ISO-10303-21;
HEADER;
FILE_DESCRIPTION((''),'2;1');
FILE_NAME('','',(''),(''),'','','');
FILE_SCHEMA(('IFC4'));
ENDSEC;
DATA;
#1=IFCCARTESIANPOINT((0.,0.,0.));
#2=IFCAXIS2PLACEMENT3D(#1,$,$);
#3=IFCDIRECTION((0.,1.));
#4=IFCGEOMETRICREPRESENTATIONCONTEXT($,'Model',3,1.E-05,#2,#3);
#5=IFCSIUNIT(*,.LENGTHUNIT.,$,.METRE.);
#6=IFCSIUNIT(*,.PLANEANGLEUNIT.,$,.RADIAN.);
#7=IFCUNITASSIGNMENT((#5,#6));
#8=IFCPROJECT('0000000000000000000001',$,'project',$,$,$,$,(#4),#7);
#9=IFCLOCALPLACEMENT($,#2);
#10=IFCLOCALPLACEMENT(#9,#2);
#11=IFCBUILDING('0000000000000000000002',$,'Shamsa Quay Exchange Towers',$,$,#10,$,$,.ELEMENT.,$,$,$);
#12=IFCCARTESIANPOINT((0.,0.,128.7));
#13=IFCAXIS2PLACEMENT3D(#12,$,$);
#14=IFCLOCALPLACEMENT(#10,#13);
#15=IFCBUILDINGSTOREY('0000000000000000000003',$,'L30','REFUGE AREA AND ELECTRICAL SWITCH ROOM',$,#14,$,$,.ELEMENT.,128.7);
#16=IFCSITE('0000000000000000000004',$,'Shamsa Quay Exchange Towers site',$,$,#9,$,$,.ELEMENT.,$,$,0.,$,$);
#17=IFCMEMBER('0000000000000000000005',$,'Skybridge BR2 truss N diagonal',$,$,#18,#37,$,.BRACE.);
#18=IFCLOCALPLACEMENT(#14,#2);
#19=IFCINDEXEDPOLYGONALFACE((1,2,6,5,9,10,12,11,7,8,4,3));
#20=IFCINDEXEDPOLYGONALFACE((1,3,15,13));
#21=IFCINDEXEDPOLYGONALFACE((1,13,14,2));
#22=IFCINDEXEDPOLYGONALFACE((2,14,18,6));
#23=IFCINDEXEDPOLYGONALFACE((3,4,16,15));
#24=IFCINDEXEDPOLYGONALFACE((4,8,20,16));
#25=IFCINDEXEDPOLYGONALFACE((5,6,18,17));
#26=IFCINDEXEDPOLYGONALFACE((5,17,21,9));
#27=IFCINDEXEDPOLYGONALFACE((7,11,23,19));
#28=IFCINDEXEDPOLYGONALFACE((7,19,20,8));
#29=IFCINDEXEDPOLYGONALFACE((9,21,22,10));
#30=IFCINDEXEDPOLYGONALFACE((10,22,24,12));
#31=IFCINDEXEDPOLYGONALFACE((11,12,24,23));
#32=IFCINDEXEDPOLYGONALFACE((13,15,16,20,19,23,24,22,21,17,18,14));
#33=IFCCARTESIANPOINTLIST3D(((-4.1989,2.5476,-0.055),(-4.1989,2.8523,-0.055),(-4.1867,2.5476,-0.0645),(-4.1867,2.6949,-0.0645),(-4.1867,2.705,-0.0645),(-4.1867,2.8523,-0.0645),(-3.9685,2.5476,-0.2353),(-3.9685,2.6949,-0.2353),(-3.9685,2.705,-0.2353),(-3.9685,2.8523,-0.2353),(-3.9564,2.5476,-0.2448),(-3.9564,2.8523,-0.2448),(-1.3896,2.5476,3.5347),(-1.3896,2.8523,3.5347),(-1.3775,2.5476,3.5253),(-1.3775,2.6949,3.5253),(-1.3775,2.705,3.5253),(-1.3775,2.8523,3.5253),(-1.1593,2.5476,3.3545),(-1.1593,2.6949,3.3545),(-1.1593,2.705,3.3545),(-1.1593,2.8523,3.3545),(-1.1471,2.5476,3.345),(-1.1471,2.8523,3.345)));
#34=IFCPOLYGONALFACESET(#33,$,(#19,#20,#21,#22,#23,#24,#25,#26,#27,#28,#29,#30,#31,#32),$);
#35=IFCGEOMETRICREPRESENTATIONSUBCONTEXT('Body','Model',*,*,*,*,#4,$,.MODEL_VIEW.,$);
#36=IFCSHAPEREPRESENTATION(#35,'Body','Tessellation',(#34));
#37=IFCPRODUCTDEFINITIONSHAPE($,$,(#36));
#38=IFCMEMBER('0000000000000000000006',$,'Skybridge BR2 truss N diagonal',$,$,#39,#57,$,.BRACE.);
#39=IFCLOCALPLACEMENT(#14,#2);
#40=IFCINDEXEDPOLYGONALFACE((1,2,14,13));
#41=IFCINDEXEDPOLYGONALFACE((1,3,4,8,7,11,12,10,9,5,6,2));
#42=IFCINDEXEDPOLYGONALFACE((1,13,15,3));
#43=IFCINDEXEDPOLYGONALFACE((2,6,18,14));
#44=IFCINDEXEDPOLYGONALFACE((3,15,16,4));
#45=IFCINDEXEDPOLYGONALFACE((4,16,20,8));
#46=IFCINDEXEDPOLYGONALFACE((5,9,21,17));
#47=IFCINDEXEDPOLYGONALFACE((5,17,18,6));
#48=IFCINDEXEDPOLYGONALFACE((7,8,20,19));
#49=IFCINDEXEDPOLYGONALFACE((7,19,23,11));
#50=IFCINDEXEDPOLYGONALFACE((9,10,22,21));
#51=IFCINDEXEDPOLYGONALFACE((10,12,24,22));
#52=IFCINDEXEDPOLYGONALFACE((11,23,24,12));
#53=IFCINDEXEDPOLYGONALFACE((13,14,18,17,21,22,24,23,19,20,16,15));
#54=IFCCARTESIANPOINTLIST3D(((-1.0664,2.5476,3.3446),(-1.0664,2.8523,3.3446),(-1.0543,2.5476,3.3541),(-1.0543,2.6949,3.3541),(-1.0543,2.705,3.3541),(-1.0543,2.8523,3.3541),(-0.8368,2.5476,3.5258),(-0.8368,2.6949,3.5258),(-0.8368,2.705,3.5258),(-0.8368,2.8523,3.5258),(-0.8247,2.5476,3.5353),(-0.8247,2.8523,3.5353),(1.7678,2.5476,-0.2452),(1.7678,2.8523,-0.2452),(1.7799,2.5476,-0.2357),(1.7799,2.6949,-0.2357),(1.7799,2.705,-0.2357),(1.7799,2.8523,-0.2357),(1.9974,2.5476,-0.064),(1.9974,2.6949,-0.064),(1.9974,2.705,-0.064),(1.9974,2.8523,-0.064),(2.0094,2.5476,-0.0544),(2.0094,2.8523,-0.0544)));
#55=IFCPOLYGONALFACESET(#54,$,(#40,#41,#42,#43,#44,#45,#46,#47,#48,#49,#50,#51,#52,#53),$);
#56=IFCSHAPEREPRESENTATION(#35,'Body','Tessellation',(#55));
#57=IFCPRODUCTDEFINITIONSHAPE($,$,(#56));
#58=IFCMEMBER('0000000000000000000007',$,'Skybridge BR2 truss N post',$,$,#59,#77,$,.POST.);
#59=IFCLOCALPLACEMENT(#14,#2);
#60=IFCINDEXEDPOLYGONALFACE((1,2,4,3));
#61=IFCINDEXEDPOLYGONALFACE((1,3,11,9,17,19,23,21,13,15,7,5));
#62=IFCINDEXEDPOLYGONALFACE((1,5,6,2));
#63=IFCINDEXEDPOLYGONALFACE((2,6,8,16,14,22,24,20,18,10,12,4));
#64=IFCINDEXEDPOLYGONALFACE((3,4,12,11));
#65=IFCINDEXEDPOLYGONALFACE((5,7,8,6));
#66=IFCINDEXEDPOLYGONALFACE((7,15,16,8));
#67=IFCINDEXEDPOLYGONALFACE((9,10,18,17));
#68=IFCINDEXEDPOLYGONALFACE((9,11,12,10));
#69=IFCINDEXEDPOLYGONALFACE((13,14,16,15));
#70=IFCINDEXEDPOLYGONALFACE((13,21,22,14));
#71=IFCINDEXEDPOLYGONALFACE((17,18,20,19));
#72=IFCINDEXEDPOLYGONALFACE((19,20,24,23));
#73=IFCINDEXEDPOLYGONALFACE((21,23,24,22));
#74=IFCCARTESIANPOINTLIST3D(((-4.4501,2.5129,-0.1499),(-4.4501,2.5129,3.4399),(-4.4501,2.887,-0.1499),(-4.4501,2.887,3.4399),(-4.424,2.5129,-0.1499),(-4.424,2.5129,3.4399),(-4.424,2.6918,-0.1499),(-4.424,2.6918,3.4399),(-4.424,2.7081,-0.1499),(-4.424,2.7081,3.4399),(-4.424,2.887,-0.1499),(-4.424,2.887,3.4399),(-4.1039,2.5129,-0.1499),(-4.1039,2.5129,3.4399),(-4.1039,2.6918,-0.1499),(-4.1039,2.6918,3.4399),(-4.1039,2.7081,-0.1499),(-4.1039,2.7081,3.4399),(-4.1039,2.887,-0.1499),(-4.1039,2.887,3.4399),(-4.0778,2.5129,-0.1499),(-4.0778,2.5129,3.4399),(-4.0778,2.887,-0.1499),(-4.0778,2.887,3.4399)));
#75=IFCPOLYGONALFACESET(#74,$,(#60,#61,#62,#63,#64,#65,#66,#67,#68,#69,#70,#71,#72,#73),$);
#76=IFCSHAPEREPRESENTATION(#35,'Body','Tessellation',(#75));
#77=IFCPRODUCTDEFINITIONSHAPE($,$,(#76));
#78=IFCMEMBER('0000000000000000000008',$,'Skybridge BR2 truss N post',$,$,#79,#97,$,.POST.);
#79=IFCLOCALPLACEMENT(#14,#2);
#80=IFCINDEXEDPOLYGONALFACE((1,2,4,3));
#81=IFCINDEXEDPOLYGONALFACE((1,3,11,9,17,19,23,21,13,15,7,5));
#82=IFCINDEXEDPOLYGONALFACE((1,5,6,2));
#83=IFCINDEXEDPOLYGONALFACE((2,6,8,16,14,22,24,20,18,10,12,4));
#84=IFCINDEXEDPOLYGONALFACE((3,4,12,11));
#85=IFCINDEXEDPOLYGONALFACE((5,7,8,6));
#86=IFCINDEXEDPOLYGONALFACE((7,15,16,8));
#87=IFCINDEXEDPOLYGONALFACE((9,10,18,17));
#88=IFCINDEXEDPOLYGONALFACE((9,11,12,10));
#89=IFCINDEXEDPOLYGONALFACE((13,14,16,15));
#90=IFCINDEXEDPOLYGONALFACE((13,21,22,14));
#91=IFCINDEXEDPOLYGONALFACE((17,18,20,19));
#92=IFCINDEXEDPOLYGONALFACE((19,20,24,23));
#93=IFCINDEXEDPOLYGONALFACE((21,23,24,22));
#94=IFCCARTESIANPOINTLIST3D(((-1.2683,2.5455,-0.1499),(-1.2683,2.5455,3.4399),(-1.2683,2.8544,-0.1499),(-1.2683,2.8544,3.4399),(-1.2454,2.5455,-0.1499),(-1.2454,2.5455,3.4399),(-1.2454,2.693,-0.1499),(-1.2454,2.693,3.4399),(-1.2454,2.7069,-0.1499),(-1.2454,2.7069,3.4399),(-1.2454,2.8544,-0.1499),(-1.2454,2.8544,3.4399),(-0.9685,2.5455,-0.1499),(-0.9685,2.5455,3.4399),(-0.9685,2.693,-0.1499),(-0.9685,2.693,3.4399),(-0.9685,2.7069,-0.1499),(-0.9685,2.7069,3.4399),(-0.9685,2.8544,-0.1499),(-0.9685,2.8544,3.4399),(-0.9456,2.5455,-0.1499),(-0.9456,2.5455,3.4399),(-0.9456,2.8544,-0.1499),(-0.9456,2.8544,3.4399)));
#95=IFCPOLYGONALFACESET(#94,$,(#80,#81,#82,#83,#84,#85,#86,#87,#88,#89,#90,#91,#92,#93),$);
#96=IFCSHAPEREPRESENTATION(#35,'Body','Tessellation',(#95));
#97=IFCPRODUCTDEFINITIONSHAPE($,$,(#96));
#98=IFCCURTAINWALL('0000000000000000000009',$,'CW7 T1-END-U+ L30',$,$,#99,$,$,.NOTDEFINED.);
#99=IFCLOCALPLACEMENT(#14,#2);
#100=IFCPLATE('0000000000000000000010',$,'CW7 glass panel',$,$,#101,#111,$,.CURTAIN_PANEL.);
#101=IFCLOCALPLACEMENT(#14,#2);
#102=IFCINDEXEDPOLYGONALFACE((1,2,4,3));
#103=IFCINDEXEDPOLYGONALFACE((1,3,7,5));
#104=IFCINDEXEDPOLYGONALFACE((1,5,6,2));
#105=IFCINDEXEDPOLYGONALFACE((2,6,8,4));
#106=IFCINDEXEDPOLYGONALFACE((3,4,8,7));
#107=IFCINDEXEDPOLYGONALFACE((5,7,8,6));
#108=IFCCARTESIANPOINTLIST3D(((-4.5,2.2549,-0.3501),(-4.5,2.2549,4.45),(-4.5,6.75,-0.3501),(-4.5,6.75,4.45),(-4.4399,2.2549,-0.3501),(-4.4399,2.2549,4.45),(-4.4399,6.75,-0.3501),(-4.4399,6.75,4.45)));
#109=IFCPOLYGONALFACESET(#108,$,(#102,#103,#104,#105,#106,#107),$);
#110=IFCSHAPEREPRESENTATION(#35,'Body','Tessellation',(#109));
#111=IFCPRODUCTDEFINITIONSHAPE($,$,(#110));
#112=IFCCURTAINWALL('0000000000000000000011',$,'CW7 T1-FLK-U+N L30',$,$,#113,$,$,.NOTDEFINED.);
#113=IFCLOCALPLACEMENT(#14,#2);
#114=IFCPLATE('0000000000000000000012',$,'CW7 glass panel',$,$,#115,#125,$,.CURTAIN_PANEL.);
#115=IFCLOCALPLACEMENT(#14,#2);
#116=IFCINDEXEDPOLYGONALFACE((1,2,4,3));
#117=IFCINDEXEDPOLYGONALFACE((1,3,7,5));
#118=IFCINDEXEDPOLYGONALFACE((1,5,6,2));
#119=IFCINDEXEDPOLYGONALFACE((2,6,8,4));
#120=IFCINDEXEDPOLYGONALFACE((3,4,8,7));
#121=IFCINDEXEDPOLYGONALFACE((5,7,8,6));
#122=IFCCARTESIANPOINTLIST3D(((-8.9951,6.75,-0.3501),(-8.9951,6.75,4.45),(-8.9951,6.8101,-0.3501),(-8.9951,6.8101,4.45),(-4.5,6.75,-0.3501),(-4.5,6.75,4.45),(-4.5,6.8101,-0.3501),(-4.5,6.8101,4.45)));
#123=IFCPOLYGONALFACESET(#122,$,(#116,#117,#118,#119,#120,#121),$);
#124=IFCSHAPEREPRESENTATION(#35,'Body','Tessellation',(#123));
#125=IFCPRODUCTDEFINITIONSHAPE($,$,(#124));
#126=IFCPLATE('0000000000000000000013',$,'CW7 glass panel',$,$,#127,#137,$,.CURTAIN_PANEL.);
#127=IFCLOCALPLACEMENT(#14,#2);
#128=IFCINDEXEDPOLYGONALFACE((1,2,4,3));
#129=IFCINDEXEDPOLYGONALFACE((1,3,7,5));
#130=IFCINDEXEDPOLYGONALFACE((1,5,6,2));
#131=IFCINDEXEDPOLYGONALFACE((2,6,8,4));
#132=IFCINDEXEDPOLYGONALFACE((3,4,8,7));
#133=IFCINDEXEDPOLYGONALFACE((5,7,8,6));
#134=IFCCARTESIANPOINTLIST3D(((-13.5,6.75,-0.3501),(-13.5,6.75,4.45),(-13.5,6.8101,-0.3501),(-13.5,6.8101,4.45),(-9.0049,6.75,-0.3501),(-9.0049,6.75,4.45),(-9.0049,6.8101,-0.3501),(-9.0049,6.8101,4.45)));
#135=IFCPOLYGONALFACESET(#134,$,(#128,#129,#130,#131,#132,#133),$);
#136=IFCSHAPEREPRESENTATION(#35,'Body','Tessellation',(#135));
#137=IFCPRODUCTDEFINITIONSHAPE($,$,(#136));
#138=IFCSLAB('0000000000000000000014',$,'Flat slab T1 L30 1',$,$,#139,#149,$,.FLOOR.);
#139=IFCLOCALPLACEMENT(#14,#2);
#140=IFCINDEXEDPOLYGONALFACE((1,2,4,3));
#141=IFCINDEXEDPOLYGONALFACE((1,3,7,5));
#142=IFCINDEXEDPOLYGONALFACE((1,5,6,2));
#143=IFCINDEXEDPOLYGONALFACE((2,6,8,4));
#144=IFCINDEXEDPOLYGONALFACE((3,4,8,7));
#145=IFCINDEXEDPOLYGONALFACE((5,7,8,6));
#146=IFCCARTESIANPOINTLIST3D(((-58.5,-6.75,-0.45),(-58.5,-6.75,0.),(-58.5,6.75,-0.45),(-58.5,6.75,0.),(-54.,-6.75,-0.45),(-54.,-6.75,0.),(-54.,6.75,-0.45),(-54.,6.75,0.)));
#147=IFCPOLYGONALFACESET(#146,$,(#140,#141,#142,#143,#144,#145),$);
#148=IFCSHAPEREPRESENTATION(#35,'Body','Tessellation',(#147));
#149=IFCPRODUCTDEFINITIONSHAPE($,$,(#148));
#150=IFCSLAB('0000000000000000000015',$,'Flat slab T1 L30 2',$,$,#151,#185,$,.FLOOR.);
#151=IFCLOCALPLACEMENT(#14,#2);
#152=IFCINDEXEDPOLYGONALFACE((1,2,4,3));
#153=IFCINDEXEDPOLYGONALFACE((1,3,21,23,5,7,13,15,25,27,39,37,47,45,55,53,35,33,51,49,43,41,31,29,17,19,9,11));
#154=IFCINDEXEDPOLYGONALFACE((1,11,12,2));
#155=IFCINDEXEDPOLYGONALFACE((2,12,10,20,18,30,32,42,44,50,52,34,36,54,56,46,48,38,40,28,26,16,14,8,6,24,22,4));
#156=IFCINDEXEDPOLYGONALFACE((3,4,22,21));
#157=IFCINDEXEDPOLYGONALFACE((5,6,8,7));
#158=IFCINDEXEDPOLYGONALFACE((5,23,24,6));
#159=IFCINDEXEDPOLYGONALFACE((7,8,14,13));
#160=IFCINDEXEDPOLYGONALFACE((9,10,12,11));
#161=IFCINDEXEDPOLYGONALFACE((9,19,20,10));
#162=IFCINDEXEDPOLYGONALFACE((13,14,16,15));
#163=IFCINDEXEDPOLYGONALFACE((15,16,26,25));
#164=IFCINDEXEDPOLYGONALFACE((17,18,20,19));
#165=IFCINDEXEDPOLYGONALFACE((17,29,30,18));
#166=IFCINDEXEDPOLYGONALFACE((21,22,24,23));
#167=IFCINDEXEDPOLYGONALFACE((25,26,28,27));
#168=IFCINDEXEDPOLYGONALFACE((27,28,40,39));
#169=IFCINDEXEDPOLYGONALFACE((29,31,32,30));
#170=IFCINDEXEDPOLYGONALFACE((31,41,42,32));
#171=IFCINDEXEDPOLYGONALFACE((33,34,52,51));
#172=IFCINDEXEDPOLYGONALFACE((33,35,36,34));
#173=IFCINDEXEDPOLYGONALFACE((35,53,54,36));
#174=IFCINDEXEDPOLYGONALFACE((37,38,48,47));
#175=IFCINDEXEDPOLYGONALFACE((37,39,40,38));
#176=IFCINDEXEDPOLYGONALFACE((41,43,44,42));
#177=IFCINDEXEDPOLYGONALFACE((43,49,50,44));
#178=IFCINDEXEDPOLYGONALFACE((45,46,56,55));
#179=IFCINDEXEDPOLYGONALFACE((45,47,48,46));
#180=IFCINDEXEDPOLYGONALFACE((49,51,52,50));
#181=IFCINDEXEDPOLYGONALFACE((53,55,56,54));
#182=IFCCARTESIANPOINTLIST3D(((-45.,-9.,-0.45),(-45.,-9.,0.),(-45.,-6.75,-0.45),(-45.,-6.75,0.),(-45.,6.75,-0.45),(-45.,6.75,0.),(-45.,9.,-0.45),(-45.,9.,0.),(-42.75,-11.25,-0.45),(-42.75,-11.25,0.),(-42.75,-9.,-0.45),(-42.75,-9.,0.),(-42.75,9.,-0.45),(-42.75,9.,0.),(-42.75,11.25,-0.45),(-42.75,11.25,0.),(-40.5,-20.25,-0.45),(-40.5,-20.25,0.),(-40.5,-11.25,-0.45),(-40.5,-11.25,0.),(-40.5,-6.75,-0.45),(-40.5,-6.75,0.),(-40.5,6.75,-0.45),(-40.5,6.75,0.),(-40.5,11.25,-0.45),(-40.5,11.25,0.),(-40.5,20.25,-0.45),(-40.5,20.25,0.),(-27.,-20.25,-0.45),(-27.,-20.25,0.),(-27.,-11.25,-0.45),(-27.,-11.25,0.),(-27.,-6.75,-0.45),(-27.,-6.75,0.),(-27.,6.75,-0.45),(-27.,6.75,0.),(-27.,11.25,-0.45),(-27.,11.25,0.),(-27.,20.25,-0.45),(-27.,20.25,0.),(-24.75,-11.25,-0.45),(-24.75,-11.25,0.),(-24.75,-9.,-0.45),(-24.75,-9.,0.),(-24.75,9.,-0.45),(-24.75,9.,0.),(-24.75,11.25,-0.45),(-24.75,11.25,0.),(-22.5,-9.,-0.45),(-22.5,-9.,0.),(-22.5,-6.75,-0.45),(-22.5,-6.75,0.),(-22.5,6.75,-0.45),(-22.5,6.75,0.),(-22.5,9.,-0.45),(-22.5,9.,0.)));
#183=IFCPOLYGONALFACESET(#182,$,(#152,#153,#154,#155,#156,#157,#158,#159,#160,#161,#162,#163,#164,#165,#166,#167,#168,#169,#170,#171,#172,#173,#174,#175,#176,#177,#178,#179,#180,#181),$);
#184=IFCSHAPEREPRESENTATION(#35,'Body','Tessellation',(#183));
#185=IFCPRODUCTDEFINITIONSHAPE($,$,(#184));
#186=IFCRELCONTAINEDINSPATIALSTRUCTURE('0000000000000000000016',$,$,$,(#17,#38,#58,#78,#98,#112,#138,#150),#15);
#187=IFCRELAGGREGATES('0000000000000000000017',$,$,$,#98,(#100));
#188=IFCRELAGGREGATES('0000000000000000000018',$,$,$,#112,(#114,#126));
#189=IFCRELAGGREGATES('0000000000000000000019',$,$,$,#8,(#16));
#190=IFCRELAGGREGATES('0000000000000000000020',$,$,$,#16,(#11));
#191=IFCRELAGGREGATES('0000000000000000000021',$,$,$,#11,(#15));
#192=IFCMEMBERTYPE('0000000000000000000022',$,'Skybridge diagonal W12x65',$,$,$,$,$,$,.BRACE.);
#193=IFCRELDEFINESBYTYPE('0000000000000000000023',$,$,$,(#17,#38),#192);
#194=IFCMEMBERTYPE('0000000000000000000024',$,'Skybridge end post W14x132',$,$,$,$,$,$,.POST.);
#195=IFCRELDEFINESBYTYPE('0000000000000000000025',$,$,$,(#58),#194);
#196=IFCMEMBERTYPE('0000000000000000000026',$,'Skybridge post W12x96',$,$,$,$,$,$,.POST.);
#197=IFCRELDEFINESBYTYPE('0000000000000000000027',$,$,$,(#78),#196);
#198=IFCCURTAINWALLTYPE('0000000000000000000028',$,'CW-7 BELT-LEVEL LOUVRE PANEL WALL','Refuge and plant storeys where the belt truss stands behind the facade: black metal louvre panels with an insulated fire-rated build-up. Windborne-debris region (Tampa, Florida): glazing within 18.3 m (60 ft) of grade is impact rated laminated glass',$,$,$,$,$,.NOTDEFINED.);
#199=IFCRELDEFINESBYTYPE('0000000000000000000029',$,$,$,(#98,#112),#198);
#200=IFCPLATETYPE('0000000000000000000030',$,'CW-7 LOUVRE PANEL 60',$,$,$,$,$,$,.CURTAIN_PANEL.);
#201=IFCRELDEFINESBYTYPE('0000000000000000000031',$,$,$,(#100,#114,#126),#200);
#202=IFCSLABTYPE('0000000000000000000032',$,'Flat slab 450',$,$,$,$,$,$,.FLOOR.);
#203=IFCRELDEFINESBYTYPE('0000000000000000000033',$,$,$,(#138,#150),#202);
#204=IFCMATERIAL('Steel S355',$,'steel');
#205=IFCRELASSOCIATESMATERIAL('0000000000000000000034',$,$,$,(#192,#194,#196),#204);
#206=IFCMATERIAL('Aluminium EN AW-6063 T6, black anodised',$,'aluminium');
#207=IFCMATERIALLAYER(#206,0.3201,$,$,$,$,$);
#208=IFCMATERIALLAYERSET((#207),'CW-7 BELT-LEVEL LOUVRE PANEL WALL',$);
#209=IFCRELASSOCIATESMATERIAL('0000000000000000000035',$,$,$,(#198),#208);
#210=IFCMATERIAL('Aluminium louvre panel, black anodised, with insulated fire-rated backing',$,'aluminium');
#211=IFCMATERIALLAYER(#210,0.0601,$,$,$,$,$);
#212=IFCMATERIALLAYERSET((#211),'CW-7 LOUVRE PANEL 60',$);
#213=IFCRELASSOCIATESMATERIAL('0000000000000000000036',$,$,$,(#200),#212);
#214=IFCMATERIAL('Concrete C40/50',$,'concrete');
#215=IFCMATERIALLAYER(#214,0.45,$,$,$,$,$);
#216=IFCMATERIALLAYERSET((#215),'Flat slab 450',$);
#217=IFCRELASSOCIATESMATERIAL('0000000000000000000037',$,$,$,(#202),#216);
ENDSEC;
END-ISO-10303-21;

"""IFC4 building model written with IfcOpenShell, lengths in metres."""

from ifc_helpers import new_model, si_unit, direction, frame, origin, origin_2d, place, context, subcontext, project, spatial, polyline, rectangle, i_section, outline, extrude, material, layer, layer_set, material_profile, profile_set, type_object, element, aggregate, save


model = new_model("IFC4")

# Units and contexts
model_context = context("Model", 3, precision=1e-05, world=origin(), true_north=direction((0.0, 1.0)))
body_context = subcontext(model_context, "Body", "Model", "MODEL_VIEW")
ifc_project = project(units=[si_unit("LENGTHUNIT", "METRE"), si_unit("PLANEANGLEUNIT", "RADIAN")], contexts=[model_context])

# Site, building, storey
site_placement = place(None, origin())
site = spatial("IfcSite", under=ifc_project, at=site_placement, Name="Shamsa Quay Exchange Towers site", CompositionType="ELEMENT", RefElevation=0.0)
building_placement = place(site_placement, origin())
building = spatial("IfcBuilding", under=site, at=building_placement, Name="Shamsa Quay Exchange Towers", CompositionType="ELEMENT")
storey_placement = place(building_placement, frame((0.0, 0.0, 128.7)))
storey = spatial("IfcBuildingStorey", under=building, at=storey_placement, Name="L30", Description="REFUGE AREA AND ELECTRICAL SWITCH ROOM", CompositionType="ELEMENT", Elevation=128.7)

# Members
ifc_material_1 = material(Name="Steel S355", Category="steel")
ifc_material_profile_1 = material_profile(ifc_material_1, i_section(OverallWidth=0.3047, OverallDepth=0.3079, WebThickness=0.01, FlangeThickness=0.0154, at=origin_2d()), Name="W12x65")
ifc_profile_set_1 = profile_set([ifc_material_profile_1], Name="Steel S355")
member_type_1 = type_object("IfcMemberType", Name="Skybridge diagonal W12x65", PredefinedType="BRACE", material=ifc_profile_set_1)
member_1_placement = place(storey_placement, frame((-4.0776, 2.7, -0.1499), z_axis=(0.616292, 0.0, 0.787517), x_axis=(0.0, 1.0, 0.0)))
element("IfcMember", 1, at=member_1_placement, inside=storey, type_object=member_type_1, Name="Skybridge BR2 truss N diagonal", PredefinedType="BRACE", context=body_context, shape_type="SweptSolid", body=[
    extrude(i_section(OverallWidth=0.3047, OverallDepth=0.3079, WebThickness=0.01, FlangeThickness=0.0154, at=origin_2d()), origin(), (0.0, 0.0, 1.0), 4.5583),
])
member_2_placement = place(storey_placement, frame((-0.9456, 2.7, 3.4399), z_axis=(0.619663, 0.0, -0.784868), x_axis=(0.0, 1.0, 0.0)))
element("IfcMember", 2, at=member_2_placement, inside=storey, type_object=member_type_1, Name="Skybridge BR2 truss N diagonal", PredefinedType="BRACE", context=body_context, shape_type="SweptSolid", body=[
    extrude(i_section(OverallWidth=0.3047, OverallDepth=0.3079, WebThickness=0.01, FlangeThickness=0.0154, at=origin_2d()), origin(), (0.0, 0.0, 1.0), 4.5737),
])
ifc_material_profile_2 = material_profile(ifc_material_1, i_section(OverallWidth=0.374, OverallDepth=0.3723, WebThickness=0.0164, FlangeThickness=0.0261, at=origin_2d()), Name="W14x132")
ifc_profile_set_2 = profile_set([ifc_material_profile_2], Name="Steel S355")
member_type_2 = type_object("IfcMemberType", Name="Skybridge end post W14x132", PredefinedType="POST", material=ifc_profile_set_2)
member_3_placement = place(storey_placement, frame((-4.2639, 2.7, -0.1499), z_axis=(0.0, 0.0, 1.0), x_axis=(0.0, 1.0, 0.0)))
element("IfcMember", 3, at=member_3_placement, inside=storey, type_object=member_type_2, Name="Skybridge BR2 truss N post", PredefinedType="POST", context=body_context, shape_type="SweptSolid", body=[
    extrude(i_section(OverallWidth=0.374, OverallDepth=0.3723, WebThickness=0.0164, FlangeThickness=0.0261, at=origin_2d()), origin(), (0.0, 0.0, 1.0), 3.5898),
])
ifc_material_profile_3 = material_profile(ifc_material_1, i_section(OverallWidth=0.3088, OverallDepth=0.3228, WebThickness=0.0139, FlangeThickness=0.0229, at=origin_2d()), Name="W12x96")
ifc_profile_set_3 = profile_set([ifc_material_profile_3], Name="Steel S355")
member_type_3 = type_object("IfcMemberType", Name="Skybridge post W12x96", PredefinedType="POST", material=ifc_profile_set_3)
member_4_placement = place(storey_placement, frame((-1.1069, 2.7, -0.1499), z_axis=(0.0, 0.0, 1.0), x_axis=(0.0, 1.0, 0.0)))
element("IfcMember", 4, at=member_4_placement, inside=storey, type_object=member_type_3, Name="Skybridge BR2 truss N post", PredefinedType="POST", context=body_context, shape_type="SweptSolid", body=[
    extrude(i_section(OverallWidth=0.3088, OverallDepth=0.3228, WebThickness=0.0139, FlangeThickness=0.0229, at=origin_2d()), origin(), (0.0, 0.0, 1.0), 3.5898),
])

# Curtain wall, plate
ifc_material_2 = material(Name="Aluminium EN AW-6063 T6, black anodised", Category="aluminium")
ifc_layer_1 = layer(ifc_material_2, 0.3201)
ifc_layer_set_1 = layer_set([ifc_layer_1], Name="CW-7 BELT-LEVEL LOUVRE PANEL WALL")
curtain_wall_type = type_object("IfcCurtainWallType", Name="CW-7 BELT-LEVEL LOUVRE PANEL WALL", Description="Refuge and plant storeys where the belt truss stands behind the facade: black metal louvre panels with an insulated fire-rated build-up. Windborne-debris region (Tampa, Florida): glazing within 18.3 m (60 ft) of grade is impact rated laminated glass", PredefinedType="NOTDEFINED", material=ifc_layer_set_1)
curtain_wall_1_placement = place(storey_placement, origin())
curtain_wall_1 = element("IfcCurtainWall", 5, at=curtain_wall_1_placement, inside=storey, type_object=curtain_wall_type, Name="CW7 T1-END-U+ L30", PredefinedType="NOTDEFINED")
ifc_material_3 = material(Name="Aluminium louvre panel, black anodised, with insulated fire-rated backing", Category="aluminium")
ifc_layer_2 = layer(ifc_material_3, 0.0601)
ifc_layer_set_2 = layer_set([ifc_layer_2], Name="CW-7 LOUVRE PANEL 60")
plate_type = type_object("IfcPlateType", Name="CW-7 LOUVRE PANEL 60", PredefinedType="CURTAIN_PANEL", material=ifc_layer_set_2)
plate_1_placement = place(storey_placement, frame((-4.47, 4.5024, -0.3501), z_axis=(0.0, 0.0, 1.0), x_axis=(0.0, 1.0, 0.0)))
plate_1 = element("IfcPlate", 6, at=plate_1_placement, type_object=plate_type, Name="CW7 glass panel", PredefinedType="CURTAIN_PANEL", context=body_context, shape_type="SweptSolid", body=[
    extrude(rectangle(XDim=4.4951, YDim=0.0601, at=origin_2d()), origin(), (0.0, 0.0, 1.0), 4.8),
])
aggregate(curtain_wall_1, [plate_1])

# Curtain wall, plates
curtain_wall_2_placement = place(storey_placement, origin())
curtain_wall_2 = element("IfcCurtainWall", 7, at=curtain_wall_2_placement, inside=storey, type_object=curtain_wall_type, Name="CW7 T1-FLK-U+N L30", PredefinedType="NOTDEFINED")
plate_2_placement = place(storey_placement, frame((-6.7476, 6.78, -0.3501), z_axis=(0.0, 0.0, 1.0), x_axis=(-1.0, 0.0, 0.0)))
plate_2 = element("IfcPlate", 8, at=plate_2_placement, type_object=plate_type, Name="CW7 glass panel", PredefinedType="CURTAIN_PANEL", context=body_context, shape_type="SweptSolid", body=[
    extrude(rectangle(XDim=4.4951, YDim=0.0601, at=origin_2d()), origin(), (0.0, 0.0, 1.0), 4.8),
])
plate_3_placement = place(storey_placement, frame((-11.2524, 6.78, -0.3501), z_axis=(0.0, 0.0, 1.0), x_axis=(-1.0, 0.0, 0.0)))
plate_3 = element("IfcPlate", 9, at=plate_3_placement, type_object=plate_type, Name="CW7 glass panel", PredefinedType="CURTAIN_PANEL", context=body_context, shape_type="SweptSolid", body=[
    extrude(rectangle(XDim=4.4951, YDim=0.0601, at=origin_2d()), origin(), (0.0, 0.0, 1.0), 4.8),
])
aggregate(curtain_wall_2, [plate_2, plate_3])

# Slabs
ifc_material_4 = material(Name="Concrete C40/50", Category="concrete")
ifc_layer_3 = layer(ifc_material_4, 0.45)
ifc_layer_set_3 = layer_set([ifc_layer_3], Name="Flat slab 450")
slab_type_1 = type_object("IfcSlabType", Name="Flat slab 450", PredefinedType="FLOOR", material=ifc_layer_set_3)
slab_1_placement = place(storey_placement, frame((0.0, 0.0, -0.45)))
element("IfcSlab", 10, at=slab_1_placement, inside=storey, type_object=slab_type_1, Name="Flat slab T1 L30 1", PredefinedType="FLOOR", context=body_context, shape_type="SweptSolid", body=[
    extrude(outline(polyline([(-58.5, -6.75), (-54.0, -6.75), (-54.0, 6.75), (-58.5, 6.75), (-58.5, -6.75)])), origin(), (0.0, 0.0, 1.0), 0.45),
])
slab_2_placement = place(storey_placement, frame((0.0, 0.0, -0.45)))
element("IfcSlab", 11, at=slab_2_placement, inside=storey, type_object=slab_type_1, Name="Flat slab T1 L30 2", PredefinedType="FLOOR", context=body_context, shape_type="SweptSolid", body=[
    extrude(outline(polyline([(-22.5, -9.0), (-22.5, -6.75), (-27.0, -6.75), (-27.0, 6.75), (-22.5, 6.75), (-22.5, 9.0), (-24.75, 9.0), (-24.75, 11.25), (-27.0, 11.25), (-27.0, 20.25), (-40.5, 20.25), (-40.5, 11.25), (-42.75, 11.25), (-42.75, 9.0), (-45.0, 9.0), (-45.0, 6.75), (-40.5, 6.75), (-40.5, -6.75), (-45.0, -6.75), (-45.0, -9.0), (-42.75, -9.0), (-42.75, -11.25), (-40.5, -11.25), (-40.5, -20.25), (-27.0, -20.25), (-27.0, -11.25), (-24.75, -11.25), (-24.75, -9.0), (-22.5, -9.0)])), origin(), (0.0, 0.0, 1.0), 0.45),
])

save(model, "model.ifc")
